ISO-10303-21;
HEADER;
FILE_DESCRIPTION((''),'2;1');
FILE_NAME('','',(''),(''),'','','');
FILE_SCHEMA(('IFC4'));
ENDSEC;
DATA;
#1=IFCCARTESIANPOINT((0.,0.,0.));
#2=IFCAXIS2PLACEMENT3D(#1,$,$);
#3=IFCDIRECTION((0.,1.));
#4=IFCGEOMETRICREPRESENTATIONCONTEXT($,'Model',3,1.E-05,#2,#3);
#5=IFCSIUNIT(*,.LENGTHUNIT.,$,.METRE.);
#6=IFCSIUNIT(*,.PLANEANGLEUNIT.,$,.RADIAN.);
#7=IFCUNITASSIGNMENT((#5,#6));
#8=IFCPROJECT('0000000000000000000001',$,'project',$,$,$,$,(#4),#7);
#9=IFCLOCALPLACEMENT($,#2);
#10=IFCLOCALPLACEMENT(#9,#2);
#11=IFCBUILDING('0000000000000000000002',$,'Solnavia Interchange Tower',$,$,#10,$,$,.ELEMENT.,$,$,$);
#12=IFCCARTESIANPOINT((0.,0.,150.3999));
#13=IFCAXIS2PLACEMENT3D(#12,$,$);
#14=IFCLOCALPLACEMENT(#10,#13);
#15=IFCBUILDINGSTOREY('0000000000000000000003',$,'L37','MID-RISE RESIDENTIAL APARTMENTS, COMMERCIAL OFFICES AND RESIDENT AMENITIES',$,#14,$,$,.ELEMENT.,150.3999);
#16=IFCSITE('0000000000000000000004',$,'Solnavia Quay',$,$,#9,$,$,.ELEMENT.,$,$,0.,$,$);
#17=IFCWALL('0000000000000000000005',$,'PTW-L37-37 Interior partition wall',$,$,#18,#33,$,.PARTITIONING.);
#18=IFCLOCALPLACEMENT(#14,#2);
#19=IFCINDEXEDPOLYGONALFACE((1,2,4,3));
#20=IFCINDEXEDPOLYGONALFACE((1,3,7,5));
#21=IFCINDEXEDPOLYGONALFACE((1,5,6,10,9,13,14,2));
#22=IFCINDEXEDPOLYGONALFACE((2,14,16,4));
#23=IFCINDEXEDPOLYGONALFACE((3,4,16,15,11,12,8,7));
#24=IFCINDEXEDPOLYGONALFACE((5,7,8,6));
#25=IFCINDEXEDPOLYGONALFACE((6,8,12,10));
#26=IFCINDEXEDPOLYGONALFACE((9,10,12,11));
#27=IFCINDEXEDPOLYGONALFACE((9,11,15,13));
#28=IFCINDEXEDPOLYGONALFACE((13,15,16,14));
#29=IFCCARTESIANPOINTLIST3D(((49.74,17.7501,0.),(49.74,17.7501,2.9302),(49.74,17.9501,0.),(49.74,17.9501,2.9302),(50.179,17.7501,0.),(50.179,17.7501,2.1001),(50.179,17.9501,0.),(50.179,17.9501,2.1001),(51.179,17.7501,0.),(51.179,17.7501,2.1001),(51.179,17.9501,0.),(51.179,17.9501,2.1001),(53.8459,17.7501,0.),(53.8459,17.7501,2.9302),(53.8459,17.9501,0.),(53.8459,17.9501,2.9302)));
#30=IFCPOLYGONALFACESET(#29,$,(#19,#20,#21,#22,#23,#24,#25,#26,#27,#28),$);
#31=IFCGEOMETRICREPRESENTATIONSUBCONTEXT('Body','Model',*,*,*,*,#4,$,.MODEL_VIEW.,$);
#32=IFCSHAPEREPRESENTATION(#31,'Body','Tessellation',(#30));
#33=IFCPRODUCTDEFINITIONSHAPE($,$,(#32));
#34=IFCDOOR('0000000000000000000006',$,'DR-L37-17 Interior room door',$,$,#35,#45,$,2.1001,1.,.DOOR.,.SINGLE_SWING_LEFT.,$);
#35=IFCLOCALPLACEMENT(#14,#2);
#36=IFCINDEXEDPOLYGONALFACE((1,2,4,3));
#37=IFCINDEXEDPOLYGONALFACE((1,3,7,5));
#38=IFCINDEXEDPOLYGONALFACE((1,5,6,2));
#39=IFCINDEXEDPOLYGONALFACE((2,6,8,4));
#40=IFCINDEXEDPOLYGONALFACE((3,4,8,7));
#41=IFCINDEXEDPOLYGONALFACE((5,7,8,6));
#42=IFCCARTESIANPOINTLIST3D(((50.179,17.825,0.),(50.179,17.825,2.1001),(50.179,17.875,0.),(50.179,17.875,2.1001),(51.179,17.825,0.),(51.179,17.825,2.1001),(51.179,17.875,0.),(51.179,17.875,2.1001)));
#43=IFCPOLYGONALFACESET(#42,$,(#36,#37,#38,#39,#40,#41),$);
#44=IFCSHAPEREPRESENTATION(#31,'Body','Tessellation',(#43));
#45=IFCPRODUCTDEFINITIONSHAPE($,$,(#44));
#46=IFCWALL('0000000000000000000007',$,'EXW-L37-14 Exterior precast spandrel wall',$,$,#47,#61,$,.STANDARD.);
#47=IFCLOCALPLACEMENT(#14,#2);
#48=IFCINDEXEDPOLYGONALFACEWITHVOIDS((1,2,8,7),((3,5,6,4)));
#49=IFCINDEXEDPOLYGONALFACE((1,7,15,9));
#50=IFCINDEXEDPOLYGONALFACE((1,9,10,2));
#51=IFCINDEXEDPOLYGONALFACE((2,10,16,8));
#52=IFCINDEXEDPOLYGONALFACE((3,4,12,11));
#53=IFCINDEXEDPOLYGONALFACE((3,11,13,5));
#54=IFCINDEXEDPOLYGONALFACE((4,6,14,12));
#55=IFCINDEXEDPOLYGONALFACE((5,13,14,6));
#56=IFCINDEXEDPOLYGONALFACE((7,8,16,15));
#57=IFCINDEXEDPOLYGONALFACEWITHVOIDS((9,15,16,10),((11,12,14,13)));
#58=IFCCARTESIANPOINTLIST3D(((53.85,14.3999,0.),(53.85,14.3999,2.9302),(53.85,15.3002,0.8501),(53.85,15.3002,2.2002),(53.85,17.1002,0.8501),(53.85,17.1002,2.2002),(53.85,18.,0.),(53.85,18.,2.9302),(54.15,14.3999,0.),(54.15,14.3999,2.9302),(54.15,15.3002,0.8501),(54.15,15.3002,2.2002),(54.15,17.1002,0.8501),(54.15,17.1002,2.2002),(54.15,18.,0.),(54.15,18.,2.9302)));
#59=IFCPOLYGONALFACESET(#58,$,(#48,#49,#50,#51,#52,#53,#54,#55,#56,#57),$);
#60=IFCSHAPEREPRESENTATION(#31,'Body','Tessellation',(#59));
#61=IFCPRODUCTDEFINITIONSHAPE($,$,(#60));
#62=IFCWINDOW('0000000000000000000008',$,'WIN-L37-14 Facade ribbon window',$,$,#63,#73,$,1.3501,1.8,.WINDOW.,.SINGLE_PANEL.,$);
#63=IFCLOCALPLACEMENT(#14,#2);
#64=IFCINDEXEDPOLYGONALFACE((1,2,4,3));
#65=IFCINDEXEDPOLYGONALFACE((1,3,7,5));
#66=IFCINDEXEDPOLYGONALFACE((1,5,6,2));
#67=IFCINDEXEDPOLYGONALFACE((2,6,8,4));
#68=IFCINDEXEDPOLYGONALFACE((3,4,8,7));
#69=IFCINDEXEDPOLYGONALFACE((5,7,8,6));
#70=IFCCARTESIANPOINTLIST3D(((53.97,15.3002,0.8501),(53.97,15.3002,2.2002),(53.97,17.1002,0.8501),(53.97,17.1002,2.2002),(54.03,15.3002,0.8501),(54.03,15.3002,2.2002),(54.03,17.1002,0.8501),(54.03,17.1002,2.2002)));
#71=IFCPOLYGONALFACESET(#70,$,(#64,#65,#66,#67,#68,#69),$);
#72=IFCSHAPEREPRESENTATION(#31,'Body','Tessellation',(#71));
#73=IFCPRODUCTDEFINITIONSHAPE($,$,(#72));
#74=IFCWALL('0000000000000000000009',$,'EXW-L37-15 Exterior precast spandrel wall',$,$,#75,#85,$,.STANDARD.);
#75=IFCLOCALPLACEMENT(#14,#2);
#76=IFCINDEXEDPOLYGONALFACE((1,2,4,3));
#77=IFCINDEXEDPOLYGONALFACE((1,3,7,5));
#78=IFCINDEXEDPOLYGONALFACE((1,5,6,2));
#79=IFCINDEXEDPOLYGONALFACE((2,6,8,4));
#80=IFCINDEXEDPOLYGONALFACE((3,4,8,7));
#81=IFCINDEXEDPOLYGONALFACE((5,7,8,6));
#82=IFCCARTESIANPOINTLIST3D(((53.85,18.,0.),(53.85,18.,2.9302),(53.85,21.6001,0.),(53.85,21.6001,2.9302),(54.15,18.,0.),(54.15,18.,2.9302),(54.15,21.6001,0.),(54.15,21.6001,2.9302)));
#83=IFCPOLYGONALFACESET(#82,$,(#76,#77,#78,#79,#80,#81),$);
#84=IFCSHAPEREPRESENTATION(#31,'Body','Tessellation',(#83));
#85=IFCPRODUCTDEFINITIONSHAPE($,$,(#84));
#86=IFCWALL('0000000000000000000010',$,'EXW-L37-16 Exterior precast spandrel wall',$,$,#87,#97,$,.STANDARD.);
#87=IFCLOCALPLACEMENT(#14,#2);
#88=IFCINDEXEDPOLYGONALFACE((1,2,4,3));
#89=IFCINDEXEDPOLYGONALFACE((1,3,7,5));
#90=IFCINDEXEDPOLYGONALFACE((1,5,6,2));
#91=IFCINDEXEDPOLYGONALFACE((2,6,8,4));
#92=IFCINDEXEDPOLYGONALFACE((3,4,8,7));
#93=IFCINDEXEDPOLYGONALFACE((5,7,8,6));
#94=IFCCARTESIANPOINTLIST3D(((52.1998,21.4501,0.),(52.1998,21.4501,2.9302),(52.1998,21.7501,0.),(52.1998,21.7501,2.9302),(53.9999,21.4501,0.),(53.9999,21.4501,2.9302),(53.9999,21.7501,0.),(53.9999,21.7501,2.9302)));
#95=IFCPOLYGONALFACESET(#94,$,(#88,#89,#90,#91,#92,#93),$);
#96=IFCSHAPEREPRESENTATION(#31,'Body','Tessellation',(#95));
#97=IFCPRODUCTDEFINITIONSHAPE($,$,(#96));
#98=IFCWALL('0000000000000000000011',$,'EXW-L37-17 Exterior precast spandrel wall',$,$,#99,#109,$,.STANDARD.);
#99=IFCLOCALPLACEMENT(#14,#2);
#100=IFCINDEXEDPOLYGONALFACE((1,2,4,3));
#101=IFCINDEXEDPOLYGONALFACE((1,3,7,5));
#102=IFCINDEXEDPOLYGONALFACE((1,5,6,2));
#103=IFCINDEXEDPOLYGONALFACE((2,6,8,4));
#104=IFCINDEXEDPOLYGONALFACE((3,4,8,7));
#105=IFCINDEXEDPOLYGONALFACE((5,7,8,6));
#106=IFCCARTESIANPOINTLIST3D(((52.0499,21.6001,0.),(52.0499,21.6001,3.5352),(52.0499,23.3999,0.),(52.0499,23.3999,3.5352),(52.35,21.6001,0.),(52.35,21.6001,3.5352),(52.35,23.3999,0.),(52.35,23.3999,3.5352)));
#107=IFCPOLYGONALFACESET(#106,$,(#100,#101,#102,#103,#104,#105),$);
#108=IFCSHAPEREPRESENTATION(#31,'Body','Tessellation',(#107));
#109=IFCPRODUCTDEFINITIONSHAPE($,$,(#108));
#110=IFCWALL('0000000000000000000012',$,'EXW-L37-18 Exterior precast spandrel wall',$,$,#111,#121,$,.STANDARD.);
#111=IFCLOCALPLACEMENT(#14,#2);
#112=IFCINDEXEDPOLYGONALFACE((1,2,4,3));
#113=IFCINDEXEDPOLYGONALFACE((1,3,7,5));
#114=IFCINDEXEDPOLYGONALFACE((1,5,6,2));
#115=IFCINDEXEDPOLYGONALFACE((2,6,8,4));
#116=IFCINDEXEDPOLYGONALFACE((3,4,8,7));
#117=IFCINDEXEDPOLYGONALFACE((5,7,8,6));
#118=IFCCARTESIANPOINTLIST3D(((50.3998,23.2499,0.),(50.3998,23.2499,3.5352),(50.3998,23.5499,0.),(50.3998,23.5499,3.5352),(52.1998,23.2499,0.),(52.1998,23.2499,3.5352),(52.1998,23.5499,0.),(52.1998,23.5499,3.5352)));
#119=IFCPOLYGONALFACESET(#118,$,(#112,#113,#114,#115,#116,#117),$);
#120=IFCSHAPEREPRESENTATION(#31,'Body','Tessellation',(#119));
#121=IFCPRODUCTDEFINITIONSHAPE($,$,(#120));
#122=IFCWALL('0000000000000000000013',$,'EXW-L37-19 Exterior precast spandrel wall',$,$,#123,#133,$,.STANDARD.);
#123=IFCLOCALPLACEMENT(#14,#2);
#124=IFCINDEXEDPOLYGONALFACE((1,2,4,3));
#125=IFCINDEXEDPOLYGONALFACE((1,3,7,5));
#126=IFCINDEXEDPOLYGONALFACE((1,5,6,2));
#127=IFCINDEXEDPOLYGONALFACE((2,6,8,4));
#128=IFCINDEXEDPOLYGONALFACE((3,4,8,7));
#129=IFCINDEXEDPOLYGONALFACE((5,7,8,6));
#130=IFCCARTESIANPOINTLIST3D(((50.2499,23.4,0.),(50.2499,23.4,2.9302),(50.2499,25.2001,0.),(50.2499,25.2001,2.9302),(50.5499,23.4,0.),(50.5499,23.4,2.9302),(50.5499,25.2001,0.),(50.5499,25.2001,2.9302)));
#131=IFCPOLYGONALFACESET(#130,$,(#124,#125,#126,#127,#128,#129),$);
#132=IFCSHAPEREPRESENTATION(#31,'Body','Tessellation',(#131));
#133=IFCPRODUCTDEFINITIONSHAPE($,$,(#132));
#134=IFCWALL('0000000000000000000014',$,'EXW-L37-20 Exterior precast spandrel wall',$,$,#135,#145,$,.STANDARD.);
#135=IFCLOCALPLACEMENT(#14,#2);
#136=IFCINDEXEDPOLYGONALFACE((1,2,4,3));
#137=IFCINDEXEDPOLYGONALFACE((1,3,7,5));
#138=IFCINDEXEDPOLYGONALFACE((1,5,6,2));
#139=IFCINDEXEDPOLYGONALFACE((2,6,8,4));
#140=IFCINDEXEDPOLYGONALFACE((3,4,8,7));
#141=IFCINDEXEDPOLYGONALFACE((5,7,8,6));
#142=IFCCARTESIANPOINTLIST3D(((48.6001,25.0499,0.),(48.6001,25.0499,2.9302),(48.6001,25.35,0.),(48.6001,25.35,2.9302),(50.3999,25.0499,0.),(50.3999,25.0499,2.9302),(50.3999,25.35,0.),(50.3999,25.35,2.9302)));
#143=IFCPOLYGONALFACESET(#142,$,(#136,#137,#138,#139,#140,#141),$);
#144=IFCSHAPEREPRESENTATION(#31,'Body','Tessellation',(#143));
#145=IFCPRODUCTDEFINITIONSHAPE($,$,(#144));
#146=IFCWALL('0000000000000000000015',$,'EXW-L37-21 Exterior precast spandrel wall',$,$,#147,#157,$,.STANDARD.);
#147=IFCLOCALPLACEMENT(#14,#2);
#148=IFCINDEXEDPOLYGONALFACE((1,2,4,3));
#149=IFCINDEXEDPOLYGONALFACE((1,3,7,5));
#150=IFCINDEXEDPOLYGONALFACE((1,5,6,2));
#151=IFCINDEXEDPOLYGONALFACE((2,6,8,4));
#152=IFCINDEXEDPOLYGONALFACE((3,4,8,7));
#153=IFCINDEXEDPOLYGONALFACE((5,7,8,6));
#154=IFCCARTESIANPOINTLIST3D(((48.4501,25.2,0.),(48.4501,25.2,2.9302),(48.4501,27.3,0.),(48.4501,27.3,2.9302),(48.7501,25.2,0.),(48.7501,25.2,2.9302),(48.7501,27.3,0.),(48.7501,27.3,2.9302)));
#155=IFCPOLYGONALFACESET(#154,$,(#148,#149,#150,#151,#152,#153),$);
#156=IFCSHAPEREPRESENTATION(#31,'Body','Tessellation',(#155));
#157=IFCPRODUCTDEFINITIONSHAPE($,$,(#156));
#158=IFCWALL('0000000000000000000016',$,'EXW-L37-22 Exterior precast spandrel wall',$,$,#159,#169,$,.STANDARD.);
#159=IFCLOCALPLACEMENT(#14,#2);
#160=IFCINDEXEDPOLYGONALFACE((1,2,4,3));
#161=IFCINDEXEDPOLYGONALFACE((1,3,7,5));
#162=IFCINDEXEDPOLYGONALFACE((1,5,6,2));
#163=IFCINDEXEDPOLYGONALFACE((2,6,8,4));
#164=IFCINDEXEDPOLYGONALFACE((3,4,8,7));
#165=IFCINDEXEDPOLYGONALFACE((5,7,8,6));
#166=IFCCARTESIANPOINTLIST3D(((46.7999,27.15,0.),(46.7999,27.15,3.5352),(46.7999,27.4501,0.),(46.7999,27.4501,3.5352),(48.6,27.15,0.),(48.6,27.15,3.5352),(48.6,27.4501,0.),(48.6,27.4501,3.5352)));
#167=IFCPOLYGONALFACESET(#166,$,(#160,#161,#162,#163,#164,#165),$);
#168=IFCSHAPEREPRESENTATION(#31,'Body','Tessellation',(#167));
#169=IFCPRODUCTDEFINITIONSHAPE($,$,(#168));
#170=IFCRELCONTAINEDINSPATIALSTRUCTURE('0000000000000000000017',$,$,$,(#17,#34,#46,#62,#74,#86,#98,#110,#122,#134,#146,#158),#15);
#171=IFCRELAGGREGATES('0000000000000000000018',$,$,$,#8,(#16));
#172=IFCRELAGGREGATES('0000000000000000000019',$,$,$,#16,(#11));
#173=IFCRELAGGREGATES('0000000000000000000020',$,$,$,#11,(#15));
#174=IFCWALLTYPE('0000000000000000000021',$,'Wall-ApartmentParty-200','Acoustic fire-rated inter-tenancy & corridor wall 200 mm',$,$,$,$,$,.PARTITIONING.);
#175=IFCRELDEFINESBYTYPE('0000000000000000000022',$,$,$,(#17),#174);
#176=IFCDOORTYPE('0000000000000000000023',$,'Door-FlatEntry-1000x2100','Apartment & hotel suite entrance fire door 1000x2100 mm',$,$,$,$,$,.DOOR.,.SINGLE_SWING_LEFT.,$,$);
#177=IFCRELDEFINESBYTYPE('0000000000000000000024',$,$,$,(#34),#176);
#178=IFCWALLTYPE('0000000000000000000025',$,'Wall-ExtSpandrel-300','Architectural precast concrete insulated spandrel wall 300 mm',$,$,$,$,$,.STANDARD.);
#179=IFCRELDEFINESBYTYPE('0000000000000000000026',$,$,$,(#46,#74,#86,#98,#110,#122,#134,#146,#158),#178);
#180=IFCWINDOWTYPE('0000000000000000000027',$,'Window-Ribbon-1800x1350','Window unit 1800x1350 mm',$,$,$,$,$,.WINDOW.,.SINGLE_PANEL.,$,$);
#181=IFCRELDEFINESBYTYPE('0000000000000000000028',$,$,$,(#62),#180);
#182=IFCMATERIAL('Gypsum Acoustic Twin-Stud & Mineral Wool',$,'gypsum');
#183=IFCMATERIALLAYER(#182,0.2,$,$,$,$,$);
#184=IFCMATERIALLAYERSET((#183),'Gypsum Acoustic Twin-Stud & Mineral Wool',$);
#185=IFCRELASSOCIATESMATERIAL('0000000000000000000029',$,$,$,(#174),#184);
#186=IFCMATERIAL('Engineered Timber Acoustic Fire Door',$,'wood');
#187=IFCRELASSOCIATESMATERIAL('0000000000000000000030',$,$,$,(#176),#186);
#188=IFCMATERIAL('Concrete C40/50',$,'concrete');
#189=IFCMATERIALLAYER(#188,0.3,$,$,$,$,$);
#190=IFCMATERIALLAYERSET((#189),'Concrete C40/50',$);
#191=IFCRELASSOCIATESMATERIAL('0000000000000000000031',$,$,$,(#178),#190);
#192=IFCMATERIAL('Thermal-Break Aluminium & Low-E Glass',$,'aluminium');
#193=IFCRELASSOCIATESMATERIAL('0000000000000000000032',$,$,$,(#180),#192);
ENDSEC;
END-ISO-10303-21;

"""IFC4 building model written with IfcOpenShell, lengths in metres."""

from ifc_helpers import new_model, si_unit, direction, frame, frame_2d, origin, place, context, subcontext, project, spatial, rectangle, extrude, material, layer, layer_set, type_object, element, fill, save


model = new_model("IFC4")

# Units and contexts
model_context = context("Model", 3, precision=1e-05, world=origin(), true_north=direction((0.0, 1.0)))
body_context = subcontext(model_context, "Body", "Model", "MODEL_VIEW")
ifc_project = project(units=[si_unit("LENGTHUNIT", "METRE"), si_unit("PLANEANGLEUNIT", "RADIAN")], contexts=[model_context])

# Site, building, storey
site_placement = place(None, origin())
site = spatial("IfcSite", under=ifc_project, at=site_placement, Name="Solnavia Quay", CompositionType="ELEMENT", RefElevation=0.0)
building_placement = place(site_placement, origin())
building = spatial("IfcBuilding", under=site, at=building_placement, Name="Solnavia Interchange Tower", CompositionType="ELEMENT")
storey_placement = place(building_placement, frame((0.0, 0.0, 150.3999)))
storey = spatial("IfcBuildingStorey", under=building, at=storey_placement, Name="L37", Description="MID-RISE RESIDENTIAL APARTMENTS, COMMERCIAL OFFICES AND RESIDENT AMENITIES", CompositionType="ELEMENT", Elevation=150.3999)

# Shared definitions
ifc_material_1 = material(Name="Gypsum Acoustic Twin-Stud & Mineral Wool", Category="gypsum")
ifc_layer_1 = layer(ifc_material_1, 0.2)
ifc_layer_set_1 = layer_set([ifc_layer_1], Name="Gypsum Acoustic Twin-Stud & Mineral Wool")
wall_type_1 = type_object("IfcWallType", Name="Wall-ApartmentParty-200", Description="Acoustic fire-rated inter-tenancy & corridor wall 200 mm", PredefinedType="PARTITIONING", material=ifc_layer_set_1)

# Wall, opening, door
wall_1_placement = place(storey_placement, frame((49.74, 17.8501, 0.0), z_axis=(0.0, 0.0, 1.0), x_axis=(1.0, 0.0, 0.0)))
wall_1 = element("IfcWall", 1, at=wall_1_placement, inside=storey, type_object=wall_type_1, Name="PTW-L37-37 Interior partition wall", PredefinedType="PARTITIONING", context=body_context, shape_type="SweptSolid", body=[
    extrude(rectangle(XDim=4.106, YDim=0.2, at=frame_2d((2.053, 0.0))), origin(), (0.0, 0.0, 1.0), 2.9302),
])
opening_1_placement = place(wall_1_placement, frame((0.439, 0.0, 0.0)))
opening_1 = element("IfcOpeningElement", 2, at=opening_1_placement, cuts=wall_1, PredefinedType="OPENING", context=body_context, shape_type="SweptSolid", body=[
    extrude(rectangle(XDim=1.0, YDim=2.1001, at=frame_2d((0.5, 1.05))), frame((0.0, 0.1099, 0.0), z_axis=(0.0, -1.0, 0.0), x_axis=(1.0, 0.0, 0.0)), (0.0, 0.0, 1.0), 0.22),
])
ifc_material_2 = material(Name="Engineered Timber Acoustic Fire Door", Category="wood")
door_type_1 = type_object("IfcDoorType", Name="Door-FlatEntry-1000x2100", Description="Apartment & hotel suite entrance fire door 1000x2100 mm", OperationType="SINGLE_SWING_LEFT", PredefinedType="DOOR", material=ifc_material_2)
door_1_placement = place(opening_1_placement, origin())
door_1 = element("IfcDoor", 3, at=door_1_placement, inside=storey, type_object=door_type_1, Name="DR-L37-17 Interior room door", OperationType="SINGLE_SWING_LEFT", OverallHeight=2.1001, OverallWidth=1.0, PredefinedType="DOOR", context=body_context, shape_type="SweptSolid", body=[
    extrude(rectangle(XDim=1.0, YDim=2.1001, at=frame_2d((0.5, 1.05))), frame((0.0, 0.0249, 0.0), z_axis=(0.0, -1.0, 0.0), x_axis=(1.0, 0.0, 0.0)), (0.0, 0.0, 1.0), 0.05),
])
fill(opening_1, door_1)

# Wall, opening, window
ifc_material_3 = material(Name="Concrete C40/50", Category="concrete")
ifc_layer_2 = layer(ifc_material_3, 0.3)
ifc_layer_set_2 = layer_set([ifc_layer_2], Name="Concrete C40/50")
wall_type_2 = type_object("IfcWallType", Name="Wall-ExtSpandrel-300", Description="Architectural precast concrete insulated spandrel wall 300 mm", PredefinedType="STANDARD", material=ifc_layer_set_2)
wall_2_placement = place(storey_placement, frame((54.0, 18.0, 0.0), z_axis=(0.0, 0.0, 1.0), x_axis=(0.0, -1.0, 0.0)))
wall_2 = element("IfcWall", 4, at=wall_2_placement, inside=storey, type_object=wall_type_2, Name="EXW-L37-14 Exterior precast spandrel wall", PredefinedType="STANDARD", context=body_context, shape_type="SweptSolid", body=[
    extrude(rectangle(XDim=3.6001, YDim=0.3, at=frame_2d((1.8, 0.0))), origin(), (0.0, 0.0, 1.0), 2.9302),
])
opening_2_placement = place(wall_2_placement, frame((0.8999, 0.0, 0.8501)))
opening_2 = element("IfcOpeningElement", 5, at=opening_2_placement, cuts=wall_2, PredefinedType="OPENING", context=body_context, shape_type="SweptSolid", body=[
    extrude(rectangle(XDim=1.8, YDim=1.3501, at=frame_2d((0.8999, 0.675))), frame((0.0, 0.1602, 0.0), z_axis=(0.0, -1.0, 0.0), x_axis=(1.0, 0.0, 0.0)), (0.0, 0.0, 1.0), 0.3201),
])
ifc_material_4 = material(Name="Thermal-Break Aluminium & Low-E Glass", Category="aluminium")
window_type = type_object("IfcWindowType", Name="Window-Ribbon-1800x1350", Description="Window unit 1800x1350 mm", PartitioningType="SINGLE_PANEL", PredefinedType="WINDOW", material=ifc_material_4)
window_placement = place(opening_2_placement, origin())
window = element("IfcWindow", 6, at=window_placement, inside=storey, type_object=window_type, Name="WIN-L37-14 Facade ribbon window", OverallHeight=1.3501, OverallWidth=1.8, PartitioningType="SINGLE_PANEL", PredefinedType="WINDOW", context=body_context, shape_type="SweptSolid", body=[
    extrude(rectangle(XDim=1.8, YDim=1.3501, at=frame_2d((0.8999, 0.675))), frame((0.0, 0.03, 0.0), z_axis=(0.0, -1.0, 0.0), x_axis=(1.0, 0.0, 0.0)), (0.0, 0.0, 1.0), 0.0601),
])
fill(opening_2, window)

# Walls
wall_3_placement = place(storey_placement, frame((54.0, 21.6001, 0.0), z_axis=(0.0, 0.0, 1.0), x_axis=(0.0, -1.0, 0.0)))
element("IfcWall", 7, at=wall_3_placement, inside=storey, type_object=wall_type_2, Name="EXW-L37-15 Exterior precast spandrel wall", PredefinedType="STANDARD", context=body_context, shape_type="SweptSolid", body=[
    extrude(rectangle(XDim=3.6001, YDim=0.3, at=frame_2d((1.8, 0.0))), origin(), (0.0, 0.0, 1.0), 2.9302),
])
wall_4_placement = place(storey_placement, frame((52.2, 21.6001, 0.0), z_axis=(0.0, 0.0, 1.0), x_axis=(1.0, 0.0, 0.0)))
element("IfcWall", 8, at=wall_4_placement, inside=storey, type_object=wall_type_2, Name="EXW-L37-16 Exterior precast spandrel wall", PredefinedType="STANDARD", context=body_context, shape_type="SweptSolid", body=[
    extrude(rectangle(XDim=1.8, YDim=0.3, at=frame_2d((0.8999, 0.0))), origin(), (0.0, 0.0, 1.0), 2.9302),
])
wall_5_placement = place(storey_placement, frame((52.2, 23.3999, 0.0), z_axis=(0.0, 0.0, 1.0), x_axis=(0.0, -1.0, 0.0)))
element("IfcWall", 9, at=wall_5_placement, inside=storey, type_object=wall_type_2, Name="EXW-L37-17 Exterior precast spandrel wall", PredefinedType="STANDARD", context=body_context, shape_type="SweptSolid", body=[
    extrude(rectangle(XDim=1.7998, YDim=0.3, at=frame_2d((0.8999, 0.0))), origin(), (0.0, 0.0, 1.0), 3.5352),
])
wall_6_placement = place(storey_placement, frame((50.3999, 23.3999, 0.0), z_axis=(0.0, 0.0, 1.0), x_axis=(1.0, 0.0, 0.0)))
element("IfcWall", 10, at=wall_6_placement, inside=storey, type_object=wall_type_2, Name="EXW-L37-18 Exterior precast spandrel wall", PredefinedType="STANDARD", context=body_context, shape_type="SweptSolid", body=[
    extrude(rectangle(XDim=1.8, YDim=0.3, at=frame_2d((0.8999, 0.0))), origin(), (0.0, 0.0, 1.0), 3.5352),
])
wall_7_placement = place(storey_placement, frame((50.3999, 25.2, 0.0), z_axis=(0.0, 0.0, 1.0), x_axis=(0.0, -1.0, 0.0)))
element("IfcWall", 11, at=wall_7_placement, inside=storey, type_object=wall_type_2, Name="EXW-L37-19 Exterior precast spandrel wall", PredefinedType="STANDARD", context=body_context, shape_type="SweptSolid", body=[
    extrude(rectangle(XDim=1.8, YDim=0.3, at=frame_2d((0.8999, 0.0))), origin(), (0.0, 0.0, 1.0), 2.9302),
])
wall_8_placement = place(storey_placement, frame((48.6001, 25.2, 0.0), z_axis=(0.0, 0.0, 1.0), x_axis=(1.0, 0.0, 0.0)))
element("IfcWall", 12, at=wall_8_placement, inside=storey, type_object=wall_type_2, Name="EXW-L37-20 Exterior precast spandrel wall", PredefinedType="STANDARD", context=body_context, shape_type="SweptSolid", body=[
    extrude(rectangle(XDim=1.7998, YDim=0.3, at=frame_2d((0.8999, 0.0))), origin(), (0.0, 0.0, 1.0), 2.9302),
])
wall_9_placement = place(storey_placement, frame((48.6001, 27.3, 0.0), z_axis=(0.0, 0.0, 1.0), x_axis=(0.0, -1.0, 0.0)))
element("IfcWall", 13, at=wall_9_placement, inside=storey, type_object=wall_type_2, Name="EXW-L37-21 Exterior precast spandrel wall", PredefinedType="STANDARD", context=body_context, shape_type="SweptSolid", body=[
    extrude(rectangle(XDim=2.1001, YDim=0.3, at=frame_2d((1.05, 0.0))), origin(), (0.0, 0.0, 1.0), 2.9302),
])
wall_10_placement = place(storey_placement, frame((46.8, 27.3, 0.0), z_axis=(0.0, 0.0, 1.0), x_axis=(1.0, 0.0, 0.0)))
element("IfcWall", 14, at=wall_10_placement, inside=storey, type_object=wall_type_2, Name="EXW-L37-22 Exterior precast spandrel wall", PredefinedType="STANDARD", context=body_context, shape_type="SweptSolid", body=[
    extrude(rectangle(XDim=1.8, YDim=0.3, at=frame_2d((0.8999, 0.0))), origin(), (0.0, 0.0, 1.0), 3.5352),
])

save(model, "model.ifc")
